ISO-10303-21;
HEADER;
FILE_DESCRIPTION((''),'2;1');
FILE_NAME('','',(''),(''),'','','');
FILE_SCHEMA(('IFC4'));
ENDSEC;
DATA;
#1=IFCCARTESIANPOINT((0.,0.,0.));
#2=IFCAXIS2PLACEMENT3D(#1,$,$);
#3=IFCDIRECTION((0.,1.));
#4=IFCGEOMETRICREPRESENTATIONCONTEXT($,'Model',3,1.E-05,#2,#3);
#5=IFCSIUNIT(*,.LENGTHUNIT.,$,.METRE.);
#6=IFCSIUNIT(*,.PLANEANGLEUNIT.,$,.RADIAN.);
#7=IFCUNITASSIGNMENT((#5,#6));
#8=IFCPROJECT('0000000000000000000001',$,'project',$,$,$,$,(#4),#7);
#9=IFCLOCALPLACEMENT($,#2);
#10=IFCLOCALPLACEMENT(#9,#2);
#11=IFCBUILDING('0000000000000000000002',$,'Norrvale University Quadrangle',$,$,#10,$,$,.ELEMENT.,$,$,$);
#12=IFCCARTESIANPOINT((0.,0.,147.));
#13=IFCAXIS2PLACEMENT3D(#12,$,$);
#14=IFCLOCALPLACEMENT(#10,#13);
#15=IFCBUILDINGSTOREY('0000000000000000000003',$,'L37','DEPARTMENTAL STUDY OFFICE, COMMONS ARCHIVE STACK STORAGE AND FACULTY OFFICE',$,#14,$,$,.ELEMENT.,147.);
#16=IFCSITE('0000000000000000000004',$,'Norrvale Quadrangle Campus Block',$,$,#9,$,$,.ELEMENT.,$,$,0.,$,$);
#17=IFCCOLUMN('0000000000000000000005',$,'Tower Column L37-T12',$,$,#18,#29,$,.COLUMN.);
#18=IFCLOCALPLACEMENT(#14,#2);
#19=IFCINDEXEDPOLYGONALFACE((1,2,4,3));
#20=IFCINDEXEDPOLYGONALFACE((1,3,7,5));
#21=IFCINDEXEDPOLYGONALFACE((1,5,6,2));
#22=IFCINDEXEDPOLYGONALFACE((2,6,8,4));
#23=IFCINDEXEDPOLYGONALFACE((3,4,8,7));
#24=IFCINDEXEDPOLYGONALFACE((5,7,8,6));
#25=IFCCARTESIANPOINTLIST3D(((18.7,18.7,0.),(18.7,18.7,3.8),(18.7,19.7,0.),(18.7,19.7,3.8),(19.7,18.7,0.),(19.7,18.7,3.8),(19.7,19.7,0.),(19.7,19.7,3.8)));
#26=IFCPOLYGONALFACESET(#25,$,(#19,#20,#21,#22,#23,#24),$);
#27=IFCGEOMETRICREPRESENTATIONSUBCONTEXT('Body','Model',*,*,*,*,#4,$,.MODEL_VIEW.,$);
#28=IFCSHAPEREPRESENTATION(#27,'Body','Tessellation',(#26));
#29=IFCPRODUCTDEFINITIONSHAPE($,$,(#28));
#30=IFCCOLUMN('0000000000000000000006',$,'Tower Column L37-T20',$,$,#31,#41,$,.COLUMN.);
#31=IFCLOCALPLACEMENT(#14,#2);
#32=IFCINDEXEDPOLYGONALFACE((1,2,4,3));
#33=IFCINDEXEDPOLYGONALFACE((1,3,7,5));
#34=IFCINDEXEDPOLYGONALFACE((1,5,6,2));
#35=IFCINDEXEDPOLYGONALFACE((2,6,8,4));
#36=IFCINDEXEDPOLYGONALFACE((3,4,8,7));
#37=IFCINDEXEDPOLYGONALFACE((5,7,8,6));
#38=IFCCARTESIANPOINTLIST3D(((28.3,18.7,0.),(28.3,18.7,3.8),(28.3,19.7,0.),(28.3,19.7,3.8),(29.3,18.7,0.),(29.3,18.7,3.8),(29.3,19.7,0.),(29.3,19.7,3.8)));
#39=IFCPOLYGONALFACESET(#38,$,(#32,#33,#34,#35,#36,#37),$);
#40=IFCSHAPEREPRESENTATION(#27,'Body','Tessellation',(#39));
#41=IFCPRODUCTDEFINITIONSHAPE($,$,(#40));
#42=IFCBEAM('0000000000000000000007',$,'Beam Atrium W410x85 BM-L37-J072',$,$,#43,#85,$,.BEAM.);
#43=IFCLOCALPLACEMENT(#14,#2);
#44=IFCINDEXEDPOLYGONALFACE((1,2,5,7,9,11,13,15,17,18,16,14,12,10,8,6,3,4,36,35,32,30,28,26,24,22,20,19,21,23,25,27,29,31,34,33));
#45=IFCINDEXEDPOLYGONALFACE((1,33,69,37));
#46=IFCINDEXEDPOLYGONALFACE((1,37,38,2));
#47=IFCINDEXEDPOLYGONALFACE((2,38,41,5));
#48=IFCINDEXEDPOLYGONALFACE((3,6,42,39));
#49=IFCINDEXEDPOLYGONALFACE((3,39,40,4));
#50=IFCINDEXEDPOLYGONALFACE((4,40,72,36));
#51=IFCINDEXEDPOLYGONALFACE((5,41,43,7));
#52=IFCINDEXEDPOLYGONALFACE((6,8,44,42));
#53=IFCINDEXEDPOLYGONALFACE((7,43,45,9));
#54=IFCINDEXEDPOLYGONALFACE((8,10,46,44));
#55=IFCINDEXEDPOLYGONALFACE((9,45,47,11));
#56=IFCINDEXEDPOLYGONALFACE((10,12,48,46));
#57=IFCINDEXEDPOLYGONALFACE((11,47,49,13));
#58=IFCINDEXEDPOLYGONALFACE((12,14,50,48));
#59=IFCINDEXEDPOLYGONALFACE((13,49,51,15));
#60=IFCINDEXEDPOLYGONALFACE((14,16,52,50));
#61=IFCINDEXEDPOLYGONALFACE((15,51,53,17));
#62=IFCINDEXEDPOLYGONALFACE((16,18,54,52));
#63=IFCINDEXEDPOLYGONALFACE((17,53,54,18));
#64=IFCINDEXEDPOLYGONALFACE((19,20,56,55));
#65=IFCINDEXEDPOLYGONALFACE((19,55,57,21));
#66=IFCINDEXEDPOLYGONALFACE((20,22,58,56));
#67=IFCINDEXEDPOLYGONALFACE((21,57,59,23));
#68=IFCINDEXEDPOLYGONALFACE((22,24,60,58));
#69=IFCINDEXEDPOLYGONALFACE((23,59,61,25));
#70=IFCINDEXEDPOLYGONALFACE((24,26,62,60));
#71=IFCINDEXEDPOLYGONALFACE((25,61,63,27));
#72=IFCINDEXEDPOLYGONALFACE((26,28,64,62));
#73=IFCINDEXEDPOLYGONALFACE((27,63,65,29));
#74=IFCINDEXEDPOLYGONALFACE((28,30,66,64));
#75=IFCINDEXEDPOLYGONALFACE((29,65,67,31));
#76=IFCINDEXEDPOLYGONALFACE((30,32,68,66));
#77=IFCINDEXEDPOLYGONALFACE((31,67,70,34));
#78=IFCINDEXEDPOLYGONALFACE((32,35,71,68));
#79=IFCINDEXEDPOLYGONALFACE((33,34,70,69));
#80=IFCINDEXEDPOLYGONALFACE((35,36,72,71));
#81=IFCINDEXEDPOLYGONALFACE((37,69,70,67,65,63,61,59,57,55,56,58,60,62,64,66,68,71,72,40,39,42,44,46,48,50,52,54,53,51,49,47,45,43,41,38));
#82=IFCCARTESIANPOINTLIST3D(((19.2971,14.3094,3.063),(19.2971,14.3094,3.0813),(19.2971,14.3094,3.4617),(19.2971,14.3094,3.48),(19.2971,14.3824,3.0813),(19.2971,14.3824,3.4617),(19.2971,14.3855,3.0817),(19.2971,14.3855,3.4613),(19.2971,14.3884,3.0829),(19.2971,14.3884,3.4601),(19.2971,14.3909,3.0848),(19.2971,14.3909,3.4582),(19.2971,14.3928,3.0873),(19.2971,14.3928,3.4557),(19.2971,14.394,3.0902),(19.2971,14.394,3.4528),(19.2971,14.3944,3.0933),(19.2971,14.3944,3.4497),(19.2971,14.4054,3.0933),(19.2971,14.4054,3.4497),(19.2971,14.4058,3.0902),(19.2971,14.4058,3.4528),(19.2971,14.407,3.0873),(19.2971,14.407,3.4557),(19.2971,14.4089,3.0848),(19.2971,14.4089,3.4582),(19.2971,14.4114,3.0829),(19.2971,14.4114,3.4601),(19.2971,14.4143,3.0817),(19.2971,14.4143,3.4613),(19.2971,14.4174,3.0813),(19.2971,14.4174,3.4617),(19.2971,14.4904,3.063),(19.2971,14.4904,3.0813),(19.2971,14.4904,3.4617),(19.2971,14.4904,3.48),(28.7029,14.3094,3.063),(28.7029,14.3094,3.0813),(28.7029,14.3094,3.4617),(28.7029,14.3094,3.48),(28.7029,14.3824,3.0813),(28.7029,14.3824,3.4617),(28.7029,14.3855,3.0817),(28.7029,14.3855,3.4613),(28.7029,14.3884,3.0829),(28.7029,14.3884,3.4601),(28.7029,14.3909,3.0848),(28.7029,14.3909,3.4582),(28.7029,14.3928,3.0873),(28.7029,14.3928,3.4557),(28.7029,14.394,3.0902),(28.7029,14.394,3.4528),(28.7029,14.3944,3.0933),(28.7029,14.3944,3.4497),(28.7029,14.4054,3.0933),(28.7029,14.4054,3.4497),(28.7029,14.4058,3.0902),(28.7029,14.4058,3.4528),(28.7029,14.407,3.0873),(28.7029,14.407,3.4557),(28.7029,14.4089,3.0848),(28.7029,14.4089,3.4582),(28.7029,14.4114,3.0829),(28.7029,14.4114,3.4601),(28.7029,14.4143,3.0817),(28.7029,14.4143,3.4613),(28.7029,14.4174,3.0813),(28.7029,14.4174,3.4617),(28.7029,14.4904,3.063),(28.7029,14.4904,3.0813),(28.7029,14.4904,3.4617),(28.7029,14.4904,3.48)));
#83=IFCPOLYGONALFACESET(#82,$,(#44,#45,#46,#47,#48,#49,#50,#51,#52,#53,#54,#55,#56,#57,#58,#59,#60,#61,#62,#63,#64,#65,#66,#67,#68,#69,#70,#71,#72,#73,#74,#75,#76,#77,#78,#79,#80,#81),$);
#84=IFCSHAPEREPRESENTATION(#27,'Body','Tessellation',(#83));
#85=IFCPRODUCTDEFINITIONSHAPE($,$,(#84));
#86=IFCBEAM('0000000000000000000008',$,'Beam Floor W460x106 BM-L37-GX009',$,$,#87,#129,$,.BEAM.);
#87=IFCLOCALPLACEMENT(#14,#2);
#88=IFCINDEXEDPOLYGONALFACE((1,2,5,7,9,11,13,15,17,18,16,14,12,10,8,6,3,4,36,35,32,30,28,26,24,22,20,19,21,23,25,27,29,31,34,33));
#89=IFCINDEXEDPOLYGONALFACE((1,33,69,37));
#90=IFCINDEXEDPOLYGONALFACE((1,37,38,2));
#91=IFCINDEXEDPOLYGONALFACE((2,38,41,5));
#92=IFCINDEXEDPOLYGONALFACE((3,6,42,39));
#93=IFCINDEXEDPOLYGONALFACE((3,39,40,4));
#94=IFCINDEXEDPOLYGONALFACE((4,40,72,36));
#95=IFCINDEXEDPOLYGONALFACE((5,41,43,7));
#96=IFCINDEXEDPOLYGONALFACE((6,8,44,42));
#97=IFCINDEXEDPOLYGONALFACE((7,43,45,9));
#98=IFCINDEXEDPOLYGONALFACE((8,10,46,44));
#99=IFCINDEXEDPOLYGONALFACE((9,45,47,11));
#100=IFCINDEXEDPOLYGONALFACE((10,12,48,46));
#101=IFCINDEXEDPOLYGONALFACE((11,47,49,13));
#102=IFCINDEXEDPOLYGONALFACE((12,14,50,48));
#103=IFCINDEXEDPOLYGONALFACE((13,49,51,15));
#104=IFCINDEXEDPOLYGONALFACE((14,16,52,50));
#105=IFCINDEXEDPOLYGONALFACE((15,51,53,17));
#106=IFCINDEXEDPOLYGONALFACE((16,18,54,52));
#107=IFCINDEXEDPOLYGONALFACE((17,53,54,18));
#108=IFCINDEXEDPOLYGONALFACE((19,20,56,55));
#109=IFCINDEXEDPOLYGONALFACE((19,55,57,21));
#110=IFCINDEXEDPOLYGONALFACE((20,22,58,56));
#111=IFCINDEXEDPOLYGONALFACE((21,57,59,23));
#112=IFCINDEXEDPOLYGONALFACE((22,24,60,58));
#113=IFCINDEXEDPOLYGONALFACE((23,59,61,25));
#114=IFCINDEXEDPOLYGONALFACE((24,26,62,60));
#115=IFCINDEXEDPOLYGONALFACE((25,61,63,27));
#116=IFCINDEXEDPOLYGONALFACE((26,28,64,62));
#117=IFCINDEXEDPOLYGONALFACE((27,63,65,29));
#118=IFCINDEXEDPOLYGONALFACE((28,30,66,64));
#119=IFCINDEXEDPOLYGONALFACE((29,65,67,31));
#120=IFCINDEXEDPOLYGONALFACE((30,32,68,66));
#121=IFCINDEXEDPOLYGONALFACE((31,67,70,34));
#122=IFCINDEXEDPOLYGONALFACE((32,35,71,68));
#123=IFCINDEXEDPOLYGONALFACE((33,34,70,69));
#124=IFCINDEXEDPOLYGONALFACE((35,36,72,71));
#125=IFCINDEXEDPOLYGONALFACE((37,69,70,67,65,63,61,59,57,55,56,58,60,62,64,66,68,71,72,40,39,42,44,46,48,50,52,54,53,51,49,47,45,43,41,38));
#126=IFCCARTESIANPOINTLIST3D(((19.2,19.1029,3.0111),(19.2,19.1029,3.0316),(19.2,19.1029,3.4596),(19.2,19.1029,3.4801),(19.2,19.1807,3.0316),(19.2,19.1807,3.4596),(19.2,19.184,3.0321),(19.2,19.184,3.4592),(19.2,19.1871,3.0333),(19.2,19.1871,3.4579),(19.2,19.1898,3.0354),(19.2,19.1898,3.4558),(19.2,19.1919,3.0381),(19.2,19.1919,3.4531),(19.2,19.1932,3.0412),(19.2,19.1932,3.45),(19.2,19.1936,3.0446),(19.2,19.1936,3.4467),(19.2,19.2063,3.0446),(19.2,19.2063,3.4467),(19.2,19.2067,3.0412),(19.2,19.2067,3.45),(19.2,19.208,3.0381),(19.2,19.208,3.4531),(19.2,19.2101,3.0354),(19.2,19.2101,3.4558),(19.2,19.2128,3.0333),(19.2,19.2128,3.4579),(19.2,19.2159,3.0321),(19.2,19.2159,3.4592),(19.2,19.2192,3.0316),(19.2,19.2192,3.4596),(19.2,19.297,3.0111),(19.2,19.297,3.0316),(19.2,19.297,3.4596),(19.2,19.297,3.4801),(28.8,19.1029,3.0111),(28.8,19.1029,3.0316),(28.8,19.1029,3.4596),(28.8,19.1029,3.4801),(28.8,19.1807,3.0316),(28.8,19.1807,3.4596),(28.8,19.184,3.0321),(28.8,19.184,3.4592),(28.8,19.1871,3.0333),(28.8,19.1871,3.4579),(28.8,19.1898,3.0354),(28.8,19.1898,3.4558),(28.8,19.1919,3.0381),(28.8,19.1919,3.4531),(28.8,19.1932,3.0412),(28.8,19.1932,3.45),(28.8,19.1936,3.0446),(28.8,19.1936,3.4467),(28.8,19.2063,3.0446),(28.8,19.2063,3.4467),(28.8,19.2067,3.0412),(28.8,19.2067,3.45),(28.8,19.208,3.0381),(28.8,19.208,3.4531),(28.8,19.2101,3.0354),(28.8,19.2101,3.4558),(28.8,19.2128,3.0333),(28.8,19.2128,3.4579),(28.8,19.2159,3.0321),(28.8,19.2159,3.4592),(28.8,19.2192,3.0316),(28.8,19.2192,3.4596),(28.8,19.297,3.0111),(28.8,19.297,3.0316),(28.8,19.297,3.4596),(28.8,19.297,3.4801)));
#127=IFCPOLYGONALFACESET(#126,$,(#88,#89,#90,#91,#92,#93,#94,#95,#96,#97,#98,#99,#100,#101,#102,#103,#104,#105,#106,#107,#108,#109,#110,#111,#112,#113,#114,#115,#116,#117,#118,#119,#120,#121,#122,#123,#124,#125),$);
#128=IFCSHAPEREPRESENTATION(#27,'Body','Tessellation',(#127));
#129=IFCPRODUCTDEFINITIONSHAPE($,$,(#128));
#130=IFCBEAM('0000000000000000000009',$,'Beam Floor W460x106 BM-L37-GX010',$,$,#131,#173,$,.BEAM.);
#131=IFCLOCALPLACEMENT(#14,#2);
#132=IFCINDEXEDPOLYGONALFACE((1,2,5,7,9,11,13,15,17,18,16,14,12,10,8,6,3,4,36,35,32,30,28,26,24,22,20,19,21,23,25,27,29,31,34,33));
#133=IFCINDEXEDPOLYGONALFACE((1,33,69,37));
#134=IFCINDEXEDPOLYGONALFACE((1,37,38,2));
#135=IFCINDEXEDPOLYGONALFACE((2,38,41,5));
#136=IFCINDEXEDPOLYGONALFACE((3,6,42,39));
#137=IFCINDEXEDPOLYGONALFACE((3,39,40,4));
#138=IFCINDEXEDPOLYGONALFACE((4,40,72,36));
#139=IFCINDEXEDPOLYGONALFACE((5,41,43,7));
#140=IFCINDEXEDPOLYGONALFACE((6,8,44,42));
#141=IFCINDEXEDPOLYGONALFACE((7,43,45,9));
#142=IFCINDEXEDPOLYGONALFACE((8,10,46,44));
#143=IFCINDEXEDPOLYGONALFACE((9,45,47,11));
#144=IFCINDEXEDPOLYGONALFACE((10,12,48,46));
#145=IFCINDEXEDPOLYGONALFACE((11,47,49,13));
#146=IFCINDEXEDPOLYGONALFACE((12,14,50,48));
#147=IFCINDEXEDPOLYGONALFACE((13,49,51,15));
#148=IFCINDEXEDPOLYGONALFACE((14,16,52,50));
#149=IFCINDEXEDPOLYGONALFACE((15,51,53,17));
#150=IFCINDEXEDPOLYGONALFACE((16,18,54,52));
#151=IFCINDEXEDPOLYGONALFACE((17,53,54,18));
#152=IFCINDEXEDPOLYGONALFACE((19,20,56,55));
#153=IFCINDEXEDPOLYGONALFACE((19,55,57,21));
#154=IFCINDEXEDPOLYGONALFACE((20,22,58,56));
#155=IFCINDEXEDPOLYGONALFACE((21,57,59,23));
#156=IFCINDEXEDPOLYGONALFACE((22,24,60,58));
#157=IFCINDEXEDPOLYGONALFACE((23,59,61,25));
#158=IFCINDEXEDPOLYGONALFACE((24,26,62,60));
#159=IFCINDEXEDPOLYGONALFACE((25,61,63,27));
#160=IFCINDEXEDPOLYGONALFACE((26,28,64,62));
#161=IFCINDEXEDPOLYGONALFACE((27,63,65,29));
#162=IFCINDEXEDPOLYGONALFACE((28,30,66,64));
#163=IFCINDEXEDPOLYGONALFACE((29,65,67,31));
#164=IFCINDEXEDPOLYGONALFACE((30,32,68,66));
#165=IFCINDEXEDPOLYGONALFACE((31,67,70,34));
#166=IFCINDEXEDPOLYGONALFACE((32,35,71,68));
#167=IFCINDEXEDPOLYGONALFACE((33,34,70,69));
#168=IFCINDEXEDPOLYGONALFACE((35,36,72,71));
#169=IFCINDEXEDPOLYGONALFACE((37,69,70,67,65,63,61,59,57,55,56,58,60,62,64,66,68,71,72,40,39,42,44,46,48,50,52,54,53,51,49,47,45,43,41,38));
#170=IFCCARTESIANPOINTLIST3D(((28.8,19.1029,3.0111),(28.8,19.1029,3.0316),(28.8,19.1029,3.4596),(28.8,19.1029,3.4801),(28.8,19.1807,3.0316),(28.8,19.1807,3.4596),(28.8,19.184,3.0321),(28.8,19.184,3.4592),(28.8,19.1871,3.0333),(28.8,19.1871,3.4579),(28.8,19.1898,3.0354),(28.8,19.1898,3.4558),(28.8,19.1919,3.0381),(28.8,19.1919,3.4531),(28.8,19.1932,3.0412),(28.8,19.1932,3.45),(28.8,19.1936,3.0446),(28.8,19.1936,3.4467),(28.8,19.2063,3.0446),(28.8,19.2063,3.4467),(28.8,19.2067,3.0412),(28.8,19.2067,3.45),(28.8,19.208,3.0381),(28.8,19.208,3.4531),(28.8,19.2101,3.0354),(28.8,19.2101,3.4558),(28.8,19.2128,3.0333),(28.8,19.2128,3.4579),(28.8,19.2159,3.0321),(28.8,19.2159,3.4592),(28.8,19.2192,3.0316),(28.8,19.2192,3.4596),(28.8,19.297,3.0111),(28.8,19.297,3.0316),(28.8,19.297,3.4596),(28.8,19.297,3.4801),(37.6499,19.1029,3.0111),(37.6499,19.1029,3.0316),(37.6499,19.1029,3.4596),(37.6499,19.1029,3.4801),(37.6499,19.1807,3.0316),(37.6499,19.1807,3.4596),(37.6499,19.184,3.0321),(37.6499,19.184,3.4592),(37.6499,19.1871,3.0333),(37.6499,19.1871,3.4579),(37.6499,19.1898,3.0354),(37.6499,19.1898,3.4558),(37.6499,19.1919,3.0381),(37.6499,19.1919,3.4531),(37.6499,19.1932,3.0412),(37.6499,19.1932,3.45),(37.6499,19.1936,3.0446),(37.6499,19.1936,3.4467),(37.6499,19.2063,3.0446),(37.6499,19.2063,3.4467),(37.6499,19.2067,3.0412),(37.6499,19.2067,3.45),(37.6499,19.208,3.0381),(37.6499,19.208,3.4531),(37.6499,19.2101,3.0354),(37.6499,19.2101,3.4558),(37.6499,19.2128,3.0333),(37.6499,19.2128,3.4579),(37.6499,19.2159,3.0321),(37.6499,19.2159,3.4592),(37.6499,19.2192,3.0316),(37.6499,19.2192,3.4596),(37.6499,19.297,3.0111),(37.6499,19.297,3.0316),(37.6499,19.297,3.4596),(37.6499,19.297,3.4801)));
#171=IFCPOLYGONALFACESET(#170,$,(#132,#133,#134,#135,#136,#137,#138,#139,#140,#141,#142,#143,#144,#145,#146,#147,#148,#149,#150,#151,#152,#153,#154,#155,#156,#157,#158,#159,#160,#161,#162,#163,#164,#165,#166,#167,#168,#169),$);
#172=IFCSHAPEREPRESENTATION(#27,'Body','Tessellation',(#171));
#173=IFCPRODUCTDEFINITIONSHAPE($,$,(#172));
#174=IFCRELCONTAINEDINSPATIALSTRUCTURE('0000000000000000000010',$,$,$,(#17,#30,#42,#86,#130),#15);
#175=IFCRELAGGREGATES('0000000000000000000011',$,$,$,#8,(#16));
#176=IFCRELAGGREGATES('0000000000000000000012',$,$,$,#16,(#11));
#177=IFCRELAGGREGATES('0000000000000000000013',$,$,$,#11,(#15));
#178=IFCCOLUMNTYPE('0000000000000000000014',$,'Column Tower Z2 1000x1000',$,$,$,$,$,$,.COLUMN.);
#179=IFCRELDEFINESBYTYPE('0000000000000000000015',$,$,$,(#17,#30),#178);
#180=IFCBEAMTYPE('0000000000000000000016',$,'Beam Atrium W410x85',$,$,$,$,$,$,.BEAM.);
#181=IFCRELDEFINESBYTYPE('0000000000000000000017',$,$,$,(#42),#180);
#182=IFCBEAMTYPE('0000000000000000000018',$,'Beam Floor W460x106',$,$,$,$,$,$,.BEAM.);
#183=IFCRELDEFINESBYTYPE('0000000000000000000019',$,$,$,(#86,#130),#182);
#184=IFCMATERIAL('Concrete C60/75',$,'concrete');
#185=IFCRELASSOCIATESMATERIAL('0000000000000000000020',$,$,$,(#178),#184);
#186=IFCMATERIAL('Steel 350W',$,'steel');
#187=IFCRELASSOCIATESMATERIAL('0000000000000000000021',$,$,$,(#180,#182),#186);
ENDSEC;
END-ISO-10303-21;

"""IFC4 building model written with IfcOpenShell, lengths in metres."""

from ifc_helpers import new_model, si_unit, direction, frame, origin, origin_2d, place, context, subcontext, project, spatial, rectangle, i_section, extrude, material, material_profile, profile_set, type_object, element, save


model = new_model("IFC4")

# Units and contexts
model_context = context("Model", 3, precision=1e-05, world=origin(), true_north=direction((0.0, 1.0)))
body_context = subcontext(model_context, "Body", "Model", "MODEL_VIEW")
ifc_project = project(units=[si_unit("LENGTHUNIT", "METRE"), si_unit("PLANEANGLEUNIT", "RADIAN")], contexts=[model_context])

# Site, building, storey
site_placement = place(None, origin())
site = spatial("IfcSite", under=ifc_project, at=site_placement, Name="Norrvale Quadrangle Campus Block", CompositionType="ELEMENT", RefElevation=0.0)
building_placement = place(site_placement, origin())
building = spatial("IfcBuilding", under=site, at=building_placement, Name="Norrvale University Quadrangle", CompositionType="ELEMENT")
storey_placement = place(building_placement, frame((0.0, 0.0, 147.0)))
storey = spatial("IfcBuildingStorey", under=building, at=storey_placement, Name="L37", Description="DEPARTMENTAL STUDY OFFICE, COMMONS ARCHIVE STACK STORAGE AND FACULTY OFFICE", CompositionType="ELEMENT", Elevation=147.0)

# Columns
ifc_material_1 = material(Name="Concrete C60/75", Category="concrete")
ifc_material_profile_1 = material_profile(ifc_material_1, rectangle(XDim=1.0, YDim=1.0, at=origin_2d()), Name="Concrete C60/75")
ifc_profile_set_1 = profile_set([ifc_material_profile_1], Name="Concrete C60/75")
column_type = type_object("IfcColumnType", Name="Column Tower Z2 1000x1000", PredefinedType="COLUMN", material=ifc_profile_set_1)
for number, where, z_axis, x_axis, name in (
    (1, (19.2, 19.2, 0.0), (0.0, 0.0, 1.0), (1.0, 0.0, 0.0), "Tower Column L37-T12"),
    (2, (28.8, 19.2, 0.0), (0.0, 0.0, 1.0), (1.0, 0.0, 0.0), "Tower Column L37-T20"),
):
    element("IfcColumn", number, at=place(storey_placement, frame(where, z_axis=z_axis, x_axis=x_axis)), inside=storey, type_object=column_type, Name=name, PredefinedType="COLUMN", context=body_context, shape_type="SweptSolid", body=[
        extrude(rectangle(XDim=1.0, YDim=1.0, at=origin_2d()), origin(), (0.0, 0.0, 1.0), 3.8),
    ])

# Beams
ifc_material_2 = material(Name="Steel 350W", Category="steel")
ifc_material_profile_2 = material_profile(ifc_material_2, i_section(OverallWidth=0.1809, OverallDepth=0.417, WebThickness=0.011, FlangeThickness=0.0183, FilletRadius=0.012, at=origin_2d()), Name="Steel 350W")
ifc_profile_set_2 = profile_set([ifc_material_profile_2], Name="Steel 350W")
beam_type_1 = type_object("IfcBeamType", Name="Beam Atrium W410x85", PredefinedType="BEAM", material=ifc_profile_set_2)
beam_1_placement = place(storey_placement, frame((19.2971, 14.3999, 3.2715), z_axis=(1.0, 0.0, 0.0), x_axis=(0.0, 1.0, 0.0)))
element("IfcBeam", 3, at=beam_1_placement, inside=storey, type_object=beam_type_1, Name="Beam Atrium W410x85 BM-L37-J072", PredefinedType="BEAM", context=body_context, shape_type="SweptSolid", body=[
    extrude(i_section(OverallWidth=0.1809, OverallDepth=0.417, WebThickness=0.011, FlangeThickness=0.0183, FilletRadius=0.012, at=origin_2d()), origin(), (0.0, 0.0, 1.0), 9.4058),
])
ifc_material_profile_3 = material_profile(ifc_material_2, i_section(OverallWidth=0.1941, OverallDepth=0.469, WebThickness=0.0127, FlangeThickness=0.0205, FilletRadius=0.0129, at=origin_2d()), Name="Steel 350W")
ifc_profile_set_3 = profile_set([ifc_material_profile_3], Name="Steel 350W")
beam_type_2 = type_object("IfcBeamType", Name="Beam Floor W460x106", PredefinedType="BEAM", material=ifc_profile_set_3)
beam_2_placement = place(storey_placement, frame((19.2, 19.2, 3.2456), z_axis=(1.0, 0.0, 0.0), x_axis=(0.0, 1.0, 0.0)))
element("IfcBeam", 4, at=beam_2_placement, inside=storey, type_object=beam_type_2, Name="Beam Floor W460x106 BM-L37-GX009", PredefinedType="BEAM", context=body_context, shape_type="SweptSolid", body=[
    extrude(i_section(OverallWidth=0.1941, OverallDepth=0.469, WebThickness=0.0127, FlangeThickness=0.0205, FilletRadius=0.0129, at=origin_2d()), origin(), (0.0, 0.0, 1.0), 9.6001),
])
beam_3_placement = place(storey_placement, frame((28.8, 19.2, 3.2456), z_axis=(1.0, 0.0, 0.0), x_axis=(0.0, 1.0, 0.0)))
element("IfcBeam", 5, at=beam_3_placement, inside=storey, type_object=beam_type_2, Name="Beam Floor W460x106 BM-L37-GX010", PredefinedType="BEAM", context=body_context, shape_type="SweptSolid", body=[
    extrude(i_section(OverallWidth=0.1941, OverallDepth=0.469, WebThickness=0.0127, FlangeThickness=0.0205, FilletRadius=0.0129, at=origin_2d()), origin(), (0.0, 0.0, 1.0), 8.8499),
])

save(model, "model.ifc")
